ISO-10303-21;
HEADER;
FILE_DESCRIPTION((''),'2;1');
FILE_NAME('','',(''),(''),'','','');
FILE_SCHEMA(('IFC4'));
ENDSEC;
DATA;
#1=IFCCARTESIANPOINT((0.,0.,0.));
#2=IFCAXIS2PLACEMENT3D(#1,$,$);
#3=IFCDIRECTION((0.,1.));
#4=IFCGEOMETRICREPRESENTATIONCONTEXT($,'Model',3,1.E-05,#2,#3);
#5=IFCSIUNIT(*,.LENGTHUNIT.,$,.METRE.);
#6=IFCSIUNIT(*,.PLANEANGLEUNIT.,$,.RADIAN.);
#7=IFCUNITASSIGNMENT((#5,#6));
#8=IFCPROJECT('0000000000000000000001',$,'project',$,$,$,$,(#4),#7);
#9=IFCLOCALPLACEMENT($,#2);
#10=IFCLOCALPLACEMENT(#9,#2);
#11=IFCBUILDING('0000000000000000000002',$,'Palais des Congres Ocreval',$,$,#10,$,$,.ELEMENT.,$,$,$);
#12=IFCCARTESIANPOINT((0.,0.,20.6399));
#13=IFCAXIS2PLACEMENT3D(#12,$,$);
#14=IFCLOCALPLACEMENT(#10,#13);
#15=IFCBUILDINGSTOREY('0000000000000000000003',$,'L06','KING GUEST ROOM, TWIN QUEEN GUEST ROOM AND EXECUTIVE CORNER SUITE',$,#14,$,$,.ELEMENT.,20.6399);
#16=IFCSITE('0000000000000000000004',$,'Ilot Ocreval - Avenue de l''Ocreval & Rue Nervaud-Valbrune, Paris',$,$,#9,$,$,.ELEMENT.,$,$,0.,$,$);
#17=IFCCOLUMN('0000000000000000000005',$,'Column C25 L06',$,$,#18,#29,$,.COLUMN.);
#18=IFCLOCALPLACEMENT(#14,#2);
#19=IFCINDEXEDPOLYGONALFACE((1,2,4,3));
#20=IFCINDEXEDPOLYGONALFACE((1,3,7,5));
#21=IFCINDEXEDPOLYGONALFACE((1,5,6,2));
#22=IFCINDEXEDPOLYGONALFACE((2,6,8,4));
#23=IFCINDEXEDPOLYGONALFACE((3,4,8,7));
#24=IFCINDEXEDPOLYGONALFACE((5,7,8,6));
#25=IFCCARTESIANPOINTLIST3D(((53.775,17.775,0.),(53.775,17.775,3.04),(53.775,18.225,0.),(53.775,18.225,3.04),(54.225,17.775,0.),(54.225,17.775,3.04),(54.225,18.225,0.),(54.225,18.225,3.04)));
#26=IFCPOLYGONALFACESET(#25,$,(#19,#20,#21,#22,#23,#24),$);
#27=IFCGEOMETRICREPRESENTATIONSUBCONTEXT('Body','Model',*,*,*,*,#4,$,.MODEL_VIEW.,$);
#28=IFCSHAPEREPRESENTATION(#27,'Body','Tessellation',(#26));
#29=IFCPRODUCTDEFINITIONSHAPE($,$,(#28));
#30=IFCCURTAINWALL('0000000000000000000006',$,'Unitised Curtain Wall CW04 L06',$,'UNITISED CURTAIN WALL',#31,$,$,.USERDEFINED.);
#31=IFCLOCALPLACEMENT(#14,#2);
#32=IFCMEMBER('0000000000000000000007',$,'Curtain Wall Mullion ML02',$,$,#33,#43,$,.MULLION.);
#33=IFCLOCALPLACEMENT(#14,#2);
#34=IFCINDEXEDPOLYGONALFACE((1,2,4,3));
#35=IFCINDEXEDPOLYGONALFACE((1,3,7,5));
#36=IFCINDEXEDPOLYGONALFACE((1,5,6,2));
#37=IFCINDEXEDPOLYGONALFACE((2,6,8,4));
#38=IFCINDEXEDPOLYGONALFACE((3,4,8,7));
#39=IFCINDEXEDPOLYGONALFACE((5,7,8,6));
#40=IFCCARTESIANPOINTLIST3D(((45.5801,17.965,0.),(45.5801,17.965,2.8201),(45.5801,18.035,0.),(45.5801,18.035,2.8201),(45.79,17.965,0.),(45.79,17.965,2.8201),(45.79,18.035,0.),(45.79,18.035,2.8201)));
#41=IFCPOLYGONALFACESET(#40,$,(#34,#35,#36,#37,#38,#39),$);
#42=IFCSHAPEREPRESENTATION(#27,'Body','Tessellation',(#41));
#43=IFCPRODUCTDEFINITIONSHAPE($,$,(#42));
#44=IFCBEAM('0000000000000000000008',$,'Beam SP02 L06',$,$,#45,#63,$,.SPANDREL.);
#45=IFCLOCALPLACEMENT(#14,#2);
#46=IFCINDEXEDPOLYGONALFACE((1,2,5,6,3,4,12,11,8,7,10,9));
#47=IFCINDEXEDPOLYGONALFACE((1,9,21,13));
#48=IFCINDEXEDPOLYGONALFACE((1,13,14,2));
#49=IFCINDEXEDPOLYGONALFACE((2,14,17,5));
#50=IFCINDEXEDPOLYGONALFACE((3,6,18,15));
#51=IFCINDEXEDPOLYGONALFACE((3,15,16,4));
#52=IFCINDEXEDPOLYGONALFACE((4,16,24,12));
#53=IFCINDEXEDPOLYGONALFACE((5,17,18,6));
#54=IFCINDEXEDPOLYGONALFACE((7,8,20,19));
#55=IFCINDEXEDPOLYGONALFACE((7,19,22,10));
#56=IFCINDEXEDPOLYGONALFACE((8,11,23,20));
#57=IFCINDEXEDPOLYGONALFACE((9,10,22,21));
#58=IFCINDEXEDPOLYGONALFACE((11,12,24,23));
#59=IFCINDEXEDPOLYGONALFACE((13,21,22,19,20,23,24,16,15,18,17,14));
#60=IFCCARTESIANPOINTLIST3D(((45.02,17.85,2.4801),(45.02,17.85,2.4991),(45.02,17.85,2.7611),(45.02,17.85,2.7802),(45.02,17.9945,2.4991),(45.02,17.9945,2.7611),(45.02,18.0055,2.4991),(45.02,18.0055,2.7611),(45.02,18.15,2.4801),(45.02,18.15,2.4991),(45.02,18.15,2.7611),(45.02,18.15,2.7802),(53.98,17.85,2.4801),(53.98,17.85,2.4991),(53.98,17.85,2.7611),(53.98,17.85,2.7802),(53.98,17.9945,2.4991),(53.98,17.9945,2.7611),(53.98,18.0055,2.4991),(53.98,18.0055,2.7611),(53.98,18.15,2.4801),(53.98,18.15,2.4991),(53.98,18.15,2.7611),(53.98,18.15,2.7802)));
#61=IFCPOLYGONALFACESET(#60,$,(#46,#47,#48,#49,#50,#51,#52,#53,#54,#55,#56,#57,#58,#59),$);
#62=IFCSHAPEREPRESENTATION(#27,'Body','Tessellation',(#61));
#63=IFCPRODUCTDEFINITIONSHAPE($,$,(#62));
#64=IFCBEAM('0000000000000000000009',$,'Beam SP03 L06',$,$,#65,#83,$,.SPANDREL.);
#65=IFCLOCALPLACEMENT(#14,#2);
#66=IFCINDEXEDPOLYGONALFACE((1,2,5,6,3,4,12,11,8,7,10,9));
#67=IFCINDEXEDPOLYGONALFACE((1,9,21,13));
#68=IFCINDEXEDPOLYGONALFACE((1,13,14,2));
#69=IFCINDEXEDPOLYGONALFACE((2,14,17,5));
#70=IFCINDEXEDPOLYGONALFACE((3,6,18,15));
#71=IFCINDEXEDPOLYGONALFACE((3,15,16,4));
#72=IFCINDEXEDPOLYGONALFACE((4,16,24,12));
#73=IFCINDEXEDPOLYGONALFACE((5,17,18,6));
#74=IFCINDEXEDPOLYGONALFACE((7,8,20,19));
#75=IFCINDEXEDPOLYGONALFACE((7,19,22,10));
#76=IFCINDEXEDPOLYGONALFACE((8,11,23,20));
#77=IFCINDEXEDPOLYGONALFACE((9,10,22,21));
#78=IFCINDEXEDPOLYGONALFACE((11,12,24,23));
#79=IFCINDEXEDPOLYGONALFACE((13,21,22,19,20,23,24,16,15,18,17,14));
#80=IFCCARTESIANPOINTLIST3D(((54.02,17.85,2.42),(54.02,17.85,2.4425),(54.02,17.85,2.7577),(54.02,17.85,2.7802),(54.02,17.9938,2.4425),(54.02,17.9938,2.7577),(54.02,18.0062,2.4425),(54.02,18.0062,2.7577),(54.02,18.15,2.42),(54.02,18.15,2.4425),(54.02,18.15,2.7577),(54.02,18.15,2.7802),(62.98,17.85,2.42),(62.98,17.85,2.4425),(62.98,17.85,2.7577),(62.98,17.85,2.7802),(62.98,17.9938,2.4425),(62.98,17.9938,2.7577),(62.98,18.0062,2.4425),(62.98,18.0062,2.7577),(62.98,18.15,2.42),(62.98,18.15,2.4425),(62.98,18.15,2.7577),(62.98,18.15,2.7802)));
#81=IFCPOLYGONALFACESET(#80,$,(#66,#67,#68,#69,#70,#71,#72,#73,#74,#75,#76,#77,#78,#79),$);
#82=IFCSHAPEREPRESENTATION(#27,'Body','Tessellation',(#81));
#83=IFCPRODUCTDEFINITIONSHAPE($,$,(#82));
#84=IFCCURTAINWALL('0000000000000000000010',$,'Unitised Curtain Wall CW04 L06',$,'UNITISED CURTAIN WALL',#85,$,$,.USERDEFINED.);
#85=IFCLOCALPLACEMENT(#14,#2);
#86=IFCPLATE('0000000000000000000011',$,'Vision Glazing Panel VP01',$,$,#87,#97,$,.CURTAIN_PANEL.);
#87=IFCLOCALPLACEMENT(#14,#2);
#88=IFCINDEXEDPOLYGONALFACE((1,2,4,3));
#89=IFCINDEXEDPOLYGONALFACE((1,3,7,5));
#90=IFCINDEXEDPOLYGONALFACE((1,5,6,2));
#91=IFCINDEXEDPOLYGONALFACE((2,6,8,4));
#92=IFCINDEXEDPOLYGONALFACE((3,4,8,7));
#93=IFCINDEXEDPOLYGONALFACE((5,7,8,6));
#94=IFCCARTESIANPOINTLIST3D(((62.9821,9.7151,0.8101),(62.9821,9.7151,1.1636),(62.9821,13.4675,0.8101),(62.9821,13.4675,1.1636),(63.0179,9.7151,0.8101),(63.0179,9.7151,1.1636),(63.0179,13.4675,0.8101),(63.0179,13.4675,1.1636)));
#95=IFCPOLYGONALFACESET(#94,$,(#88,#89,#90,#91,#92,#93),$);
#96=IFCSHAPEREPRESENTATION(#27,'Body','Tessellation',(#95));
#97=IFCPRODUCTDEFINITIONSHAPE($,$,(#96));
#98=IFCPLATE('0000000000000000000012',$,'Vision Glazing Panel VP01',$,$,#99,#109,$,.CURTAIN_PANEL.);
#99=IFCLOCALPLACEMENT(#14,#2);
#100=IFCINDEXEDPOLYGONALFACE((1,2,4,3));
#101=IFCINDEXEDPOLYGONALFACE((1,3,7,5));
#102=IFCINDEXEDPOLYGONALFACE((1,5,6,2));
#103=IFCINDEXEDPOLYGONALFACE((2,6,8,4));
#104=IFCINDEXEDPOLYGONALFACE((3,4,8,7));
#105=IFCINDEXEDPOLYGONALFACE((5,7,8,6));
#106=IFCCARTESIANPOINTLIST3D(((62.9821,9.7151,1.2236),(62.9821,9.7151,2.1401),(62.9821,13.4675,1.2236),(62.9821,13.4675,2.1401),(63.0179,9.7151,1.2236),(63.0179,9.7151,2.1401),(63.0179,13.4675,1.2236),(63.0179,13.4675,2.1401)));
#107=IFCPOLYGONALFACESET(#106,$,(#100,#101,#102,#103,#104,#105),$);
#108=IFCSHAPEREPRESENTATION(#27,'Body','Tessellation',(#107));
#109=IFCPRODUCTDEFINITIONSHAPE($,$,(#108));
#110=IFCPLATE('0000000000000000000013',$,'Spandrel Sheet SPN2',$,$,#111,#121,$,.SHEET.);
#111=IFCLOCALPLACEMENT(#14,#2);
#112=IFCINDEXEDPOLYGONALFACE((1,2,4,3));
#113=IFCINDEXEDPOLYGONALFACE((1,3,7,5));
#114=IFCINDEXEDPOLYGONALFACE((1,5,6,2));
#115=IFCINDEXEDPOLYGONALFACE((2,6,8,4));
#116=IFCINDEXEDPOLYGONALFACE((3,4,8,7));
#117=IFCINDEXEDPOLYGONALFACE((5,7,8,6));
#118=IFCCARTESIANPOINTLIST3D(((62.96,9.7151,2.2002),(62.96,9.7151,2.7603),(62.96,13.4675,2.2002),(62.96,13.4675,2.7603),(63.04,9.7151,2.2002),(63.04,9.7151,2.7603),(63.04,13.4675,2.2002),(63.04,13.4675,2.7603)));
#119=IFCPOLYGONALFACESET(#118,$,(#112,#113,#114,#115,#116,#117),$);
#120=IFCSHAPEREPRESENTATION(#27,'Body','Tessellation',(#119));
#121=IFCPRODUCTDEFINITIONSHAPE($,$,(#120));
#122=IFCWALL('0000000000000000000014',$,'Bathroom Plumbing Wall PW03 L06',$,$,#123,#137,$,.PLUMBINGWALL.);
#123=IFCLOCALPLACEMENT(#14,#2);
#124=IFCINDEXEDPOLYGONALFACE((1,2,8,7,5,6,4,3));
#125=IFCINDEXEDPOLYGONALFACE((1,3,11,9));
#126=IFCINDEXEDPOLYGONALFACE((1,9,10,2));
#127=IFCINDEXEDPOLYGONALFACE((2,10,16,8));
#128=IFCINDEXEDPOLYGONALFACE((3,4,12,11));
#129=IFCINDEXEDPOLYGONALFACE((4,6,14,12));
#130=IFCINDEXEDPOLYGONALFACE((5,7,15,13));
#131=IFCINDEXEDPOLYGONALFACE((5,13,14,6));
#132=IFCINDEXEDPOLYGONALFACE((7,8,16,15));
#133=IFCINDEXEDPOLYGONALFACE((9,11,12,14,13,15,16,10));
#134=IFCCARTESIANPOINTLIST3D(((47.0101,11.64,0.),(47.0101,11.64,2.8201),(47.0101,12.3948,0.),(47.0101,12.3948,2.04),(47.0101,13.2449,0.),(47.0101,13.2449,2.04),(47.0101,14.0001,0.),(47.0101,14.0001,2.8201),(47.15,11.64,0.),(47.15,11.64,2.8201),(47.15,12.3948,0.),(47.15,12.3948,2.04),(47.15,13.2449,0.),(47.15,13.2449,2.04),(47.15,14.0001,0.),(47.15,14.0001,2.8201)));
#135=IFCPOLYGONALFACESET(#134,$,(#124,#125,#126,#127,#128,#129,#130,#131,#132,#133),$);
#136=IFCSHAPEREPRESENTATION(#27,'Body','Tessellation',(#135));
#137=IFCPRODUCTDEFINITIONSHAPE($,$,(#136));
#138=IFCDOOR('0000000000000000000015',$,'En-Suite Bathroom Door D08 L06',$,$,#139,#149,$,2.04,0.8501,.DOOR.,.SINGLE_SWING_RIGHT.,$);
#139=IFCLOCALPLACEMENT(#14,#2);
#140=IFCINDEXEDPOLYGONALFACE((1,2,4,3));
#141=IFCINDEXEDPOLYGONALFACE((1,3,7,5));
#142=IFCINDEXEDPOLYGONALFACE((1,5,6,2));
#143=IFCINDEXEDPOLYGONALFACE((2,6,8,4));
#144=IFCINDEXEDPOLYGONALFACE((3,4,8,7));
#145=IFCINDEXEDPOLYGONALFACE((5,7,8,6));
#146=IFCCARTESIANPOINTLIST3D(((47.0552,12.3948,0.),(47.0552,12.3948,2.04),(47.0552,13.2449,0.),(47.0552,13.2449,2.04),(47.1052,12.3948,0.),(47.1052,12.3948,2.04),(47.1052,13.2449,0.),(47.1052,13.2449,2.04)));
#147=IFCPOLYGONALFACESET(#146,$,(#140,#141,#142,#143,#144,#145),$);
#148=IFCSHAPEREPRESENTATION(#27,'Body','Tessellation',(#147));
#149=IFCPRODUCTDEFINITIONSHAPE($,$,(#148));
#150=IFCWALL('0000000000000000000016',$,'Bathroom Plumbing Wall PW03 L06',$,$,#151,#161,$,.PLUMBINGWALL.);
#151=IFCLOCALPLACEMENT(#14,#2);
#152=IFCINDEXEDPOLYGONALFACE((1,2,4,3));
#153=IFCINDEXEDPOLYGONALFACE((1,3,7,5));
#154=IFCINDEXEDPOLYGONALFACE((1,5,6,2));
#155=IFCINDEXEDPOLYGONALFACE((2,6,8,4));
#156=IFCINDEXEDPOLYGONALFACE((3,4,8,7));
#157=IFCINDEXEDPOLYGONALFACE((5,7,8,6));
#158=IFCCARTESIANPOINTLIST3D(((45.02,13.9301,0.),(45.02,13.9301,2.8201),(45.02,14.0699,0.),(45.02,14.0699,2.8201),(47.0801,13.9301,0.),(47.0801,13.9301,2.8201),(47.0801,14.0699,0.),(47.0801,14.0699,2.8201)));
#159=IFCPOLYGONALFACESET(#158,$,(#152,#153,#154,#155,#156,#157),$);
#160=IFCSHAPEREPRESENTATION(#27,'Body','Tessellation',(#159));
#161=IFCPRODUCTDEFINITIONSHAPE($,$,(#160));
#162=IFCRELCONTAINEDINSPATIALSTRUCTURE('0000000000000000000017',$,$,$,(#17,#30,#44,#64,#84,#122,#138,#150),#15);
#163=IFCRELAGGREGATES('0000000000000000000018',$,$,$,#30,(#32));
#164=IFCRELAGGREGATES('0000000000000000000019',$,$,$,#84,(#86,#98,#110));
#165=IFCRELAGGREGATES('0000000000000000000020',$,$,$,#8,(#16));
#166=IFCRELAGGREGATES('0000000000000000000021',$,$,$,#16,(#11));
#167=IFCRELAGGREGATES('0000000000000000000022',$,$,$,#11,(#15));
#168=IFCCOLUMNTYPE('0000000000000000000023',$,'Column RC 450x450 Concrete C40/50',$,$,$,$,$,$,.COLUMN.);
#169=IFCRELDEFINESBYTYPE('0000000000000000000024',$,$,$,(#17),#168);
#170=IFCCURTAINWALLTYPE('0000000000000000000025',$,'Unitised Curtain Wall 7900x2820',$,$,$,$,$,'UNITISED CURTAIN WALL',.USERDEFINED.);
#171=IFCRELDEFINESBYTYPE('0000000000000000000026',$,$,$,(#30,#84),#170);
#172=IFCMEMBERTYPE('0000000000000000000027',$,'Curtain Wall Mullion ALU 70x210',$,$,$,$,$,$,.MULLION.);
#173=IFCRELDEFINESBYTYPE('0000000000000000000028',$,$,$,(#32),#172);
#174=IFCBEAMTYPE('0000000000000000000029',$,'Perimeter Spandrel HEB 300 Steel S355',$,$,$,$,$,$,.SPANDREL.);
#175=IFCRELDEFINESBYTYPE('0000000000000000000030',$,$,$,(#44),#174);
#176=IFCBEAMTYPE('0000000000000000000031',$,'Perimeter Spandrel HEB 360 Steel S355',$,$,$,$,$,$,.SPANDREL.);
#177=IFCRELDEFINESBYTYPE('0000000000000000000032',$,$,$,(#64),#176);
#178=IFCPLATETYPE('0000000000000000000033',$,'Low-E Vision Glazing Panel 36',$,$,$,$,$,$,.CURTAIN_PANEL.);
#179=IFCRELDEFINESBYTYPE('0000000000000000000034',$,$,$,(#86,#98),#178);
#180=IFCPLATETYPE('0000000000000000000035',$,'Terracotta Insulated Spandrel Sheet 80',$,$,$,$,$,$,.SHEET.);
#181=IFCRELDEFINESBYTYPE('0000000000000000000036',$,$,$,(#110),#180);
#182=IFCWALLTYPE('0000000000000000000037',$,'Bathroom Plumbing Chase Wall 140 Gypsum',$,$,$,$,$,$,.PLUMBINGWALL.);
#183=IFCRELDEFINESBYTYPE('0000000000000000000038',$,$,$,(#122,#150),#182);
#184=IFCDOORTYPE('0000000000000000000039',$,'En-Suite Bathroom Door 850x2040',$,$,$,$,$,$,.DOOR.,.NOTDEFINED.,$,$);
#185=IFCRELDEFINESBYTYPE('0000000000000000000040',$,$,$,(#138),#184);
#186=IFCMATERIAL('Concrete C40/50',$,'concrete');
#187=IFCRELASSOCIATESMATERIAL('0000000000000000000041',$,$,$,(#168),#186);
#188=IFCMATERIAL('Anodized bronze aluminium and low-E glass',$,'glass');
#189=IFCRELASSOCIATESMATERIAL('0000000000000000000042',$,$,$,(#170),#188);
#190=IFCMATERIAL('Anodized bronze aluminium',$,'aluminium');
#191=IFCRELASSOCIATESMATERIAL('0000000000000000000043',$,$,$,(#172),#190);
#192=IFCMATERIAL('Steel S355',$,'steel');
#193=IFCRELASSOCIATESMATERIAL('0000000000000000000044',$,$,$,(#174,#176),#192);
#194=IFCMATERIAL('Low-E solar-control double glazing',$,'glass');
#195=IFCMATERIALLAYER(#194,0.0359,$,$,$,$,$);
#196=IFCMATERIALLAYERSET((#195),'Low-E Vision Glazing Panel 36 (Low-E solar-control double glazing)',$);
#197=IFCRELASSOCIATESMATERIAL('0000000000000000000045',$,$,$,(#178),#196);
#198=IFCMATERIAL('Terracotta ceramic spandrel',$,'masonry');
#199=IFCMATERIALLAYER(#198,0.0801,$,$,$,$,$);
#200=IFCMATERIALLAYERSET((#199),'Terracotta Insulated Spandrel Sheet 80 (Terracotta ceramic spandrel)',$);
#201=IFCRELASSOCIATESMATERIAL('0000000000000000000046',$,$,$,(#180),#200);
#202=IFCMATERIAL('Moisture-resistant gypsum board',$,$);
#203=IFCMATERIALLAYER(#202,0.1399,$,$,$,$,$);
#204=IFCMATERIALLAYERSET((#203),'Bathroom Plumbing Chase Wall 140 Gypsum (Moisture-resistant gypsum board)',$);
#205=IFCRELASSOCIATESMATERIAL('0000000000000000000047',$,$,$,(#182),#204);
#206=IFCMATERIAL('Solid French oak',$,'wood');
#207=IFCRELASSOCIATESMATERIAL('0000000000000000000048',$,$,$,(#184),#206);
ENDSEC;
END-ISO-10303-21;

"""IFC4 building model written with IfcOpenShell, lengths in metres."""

from ifc_helpers import new_model, si_unit, direction, frame, frame_2d, origin, origin_2d, place, context, subcontext, project, spatial, rectangle, i_section, extrude, material, layer, layer_set, material_profile, profile_set, type_object, element, fill, aggregate, save


model = new_model("IFC4")

# Units and contexts
model_context = context("Model", 3, precision=1e-05, world=origin(), true_north=direction((0.0, 1.0)))
body_context = subcontext(model_context, "Body", "Model", "MODEL_VIEW")
ifc_project = project(units=[si_unit("LENGTHUNIT", "METRE"), si_unit("PLANEANGLEUNIT", "RADIAN")], contexts=[model_context])

# Site, building, storey
site_placement = place(None, origin())
site = spatial("IfcSite", under=ifc_project, at=site_placement, Name="Ilot Ocreval - Avenue de l'Ocreval & Rue Nervaud-Valbrune, Paris", CompositionType="ELEMENT", RefElevation=0.0)
building_placement = place(site_placement, origin())
building = spatial("IfcBuilding", under=site, at=building_placement, Name="Palais des Congres Ocreval", CompositionType="ELEMENT")
storey_placement = place(building_placement, frame((0.0, 0.0, 20.6399)))
storey = spatial("IfcBuildingStorey", under=building, at=storey_placement, Name="L06", Description="KING GUEST ROOM, TWIN QUEEN GUEST ROOM AND EXECUTIVE CORNER SUITE", CompositionType="ELEMENT", Elevation=20.6399)

# Column
ifc_material_1 = material(Name="Concrete C40/50", Category="concrete")
ifc_material_profile_1 = material_profile(ifc_material_1, rectangle(XDim=0.45, YDim=0.45, at=origin_2d()), Name="RC 450x450")
ifc_profile_set_1 = profile_set([ifc_material_profile_1], Name="Concrete C40/50")
column_type = type_object("IfcColumnType", Name="Column RC 450x450 Concrete C40/50", PredefinedType="COLUMN", material=ifc_profile_set_1)
column_placement = place(storey_placement, frame((54.0, 18.0, 0.0), z_axis=(0.0, 0.0, 1.0), x_axis=(1.0, 0.0, 0.0)))
element("IfcColumn", 1, at=column_placement, inside=storey, type_object=column_type, Name="Column C25 L06", PredefinedType="COLUMN", context=body_context, shape_type="SweptSolid", body=[
    extrude(rectangle(XDim=0.45, YDim=0.45, at=origin_2d()), origin(), (0.0, 0.0, 1.0), 3.04),
])

# Curtain wall, member
ifc_material_2 = material(Name="Anodized bronze aluminium and low-E glass", Category="glass")
curtain_wall_type = type_object("IfcCurtainWallType", Name="Unitised Curtain Wall 7900x2820", ElementType="UNITISED CURTAIN WALL", PredefinedType="USERDEFINED", material=ifc_material_2)
curtain_wall_1_placement = place(storey_placement, origin())
curtain_wall_1 = element("IfcCurtainWall", 2, at=curtain_wall_1_placement, inside=storey, type_object=curtain_wall_type, Name="Unitised Curtain Wall CW04 L06", ObjectType="UNITISED CURTAIN WALL", PredefinedType="USERDEFINED")
ifc_material_3 = material(Name="Anodized bronze aluminium", Category="aluminium")
ifc_material_profile_2 = material_profile(ifc_material_3, rectangle(XDim=0.0701, YDim=0.21, at=origin_2d()), Name="ALU 70x210")
ifc_profile_set_2 = profile_set([ifc_material_profile_2], Name="Anodized bronze aluminium")
member_type = type_object("IfcMemberType", Name="Curtain Wall Mullion ALU 70x210", PredefinedType="MULLION", material=ifc_profile_set_2)
member_placement = place(storey_placement, frame((45.6851, 18.0, 0.0), z_axis=(0.0, 0.0, 1.0), x_axis=(0.0, 1.0, 0.0)))
member = element("IfcMember", 3, at=member_placement, type_object=member_type, Name="Curtain Wall Mullion ML02", PredefinedType="MULLION", context=body_context, shape_type="SweptSolid", body=[
    extrude(rectangle(XDim=0.0701, YDim=0.21, at=origin_2d()), origin(), (0.0, 0.0, 1.0), 2.8201),
])
aggregate(curtain_wall_1, [member])

# Beams
ifc_material_4 = material(Name="Steel S355", Category="steel")
ifc_material_profile_3 = material_profile(ifc_material_4, i_section(OverallWidth=0.3, OverallDepth=0.3, WebThickness=0.011, FlangeThickness=0.019, at=origin_2d()), Name="HEB 300")
ifc_profile_set_3 = profile_set([ifc_material_profile_3], Name="Steel S355")
beam_type_1 = type_object("IfcBeamType", Name="Perimeter Spandrel HEB 300 Steel S355", PredefinedType="SPANDREL", material=ifc_profile_set_3)
beam_1_placement = place(storey_placement, frame((45.02, 18.0, 2.6301), z_axis=(1.0, 0.0, 0.0), x_axis=(0.0, 1.0, 0.0)))
element("IfcBeam", 4, at=beam_1_placement, inside=storey, type_object=beam_type_1, Name="Beam SP02 L06", PredefinedType="SPANDREL", context=body_context, shape_type="SweptSolid", body=[
    extrude(i_section(OverallWidth=0.3, OverallDepth=0.3, WebThickness=0.011, FlangeThickness=0.019, at=origin_2d()), origin(), (0.0, 0.0, 1.0), 8.96),
])
ifc_material_profile_4 = material_profile(ifc_material_4, i_section(OverallWidth=0.3, OverallDepth=0.3601, WebThickness=0.0125, FlangeThickness=0.0225, at=origin_2d()), Name="HEB 360")
ifc_profile_set_4 = profile_set([ifc_material_profile_4], Name="Steel S355")
beam_type_2 = type_object("IfcBeamType", Name="Perimeter Spandrel HEB 360 Steel S355", PredefinedType="SPANDREL", material=ifc_profile_set_4)
beam_2_placement = place(storey_placement, frame((54.02, 18.0, 2.6001), z_axis=(1.0, 0.0, 0.0), x_axis=(0.0, 1.0, 0.0)))
element("IfcBeam", 5, at=beam_2_placement, inside=storey, type_object=beam_type_2, Name="Beam SP03 L06", PredefinedType="SPANDREL", context=body_context, shape_type="SweptSolid", body=[
    extrude(i_section(OverallWidth=0.3, OverallDepth=0.3601, WebThickness=0.0125, FlangeThickness=0.0225, at=origin_2d()), origin(), (0.0, 0.0, 1.0), 8.96),
])

# Curtain wall, plates
curtain_wall_2_placement = place(storey_placement, origin())
curtain_wall_2 = element("IfcCurtainWall", 6, at=curtain_wall_2_placement, inside=storey, type_object=curtain_wall_type, Name="Unitised Curtain Wall CW04 L06", ObjectType="UNITISED CURTAIN WALL", PredefinedType="USERDEFINED")
ifc_material_5 = material(Name="Low-E solar-control double glazing", Category="glass")
ifc_layer_1 = layer(ifc_material_5, 0.0359)
ifc_layer_set_1 = layer_set([ifc_layer_1], Name="Low-E Vision Glazing Panel 36 (Low-E solar-control double glazing)")
plate_type_1 = type_object("IfcPlateType", Name="Low-E Vision Glazing Panel 36", PredefinedType="CURTAIN_PANEL", material=ifc_layer_set_1)
plate_1_placement = place(storey_placement, frame((63.0, 11.5913, 0.8101), z_axis=(0.0, 0.0, 1.0), x_axis=(0.0, -1.0, 0.0)))
plate_1 = element("IfcPlate", 7, at=plate_1_placement, type_object=plate_type_1, Name="Vision Glazing Panel VP01", PredefinedType="CURTAIN_PANEL", context=body_context, shape_type="SweptSolid", body=[
    extrude(rectangle(XDim=3.7524, YDim=0.0359, at=origin_2d()), origin(), (0.0, 0.0, 1.0), 0.3535),
])
plate_2_placement = place(storey_placement, frame((63.0, 11.5913, 1.2236), z_axis=(0.0, 0.0, 1.0), x_axis=(0.0, -1.0, 0.0)))
plate_2 = element("IfcPlate", 8, at=plate_2_placement, type_object=plate_type_1, Name="Vision Glazing Panel VP01", PredefinedType="CURTAIN_PANEL", context=body_context, shape_type="SweptSolid", body=[
    extrude(rectangle(XDim=3.7524, YDim=0.0359, at=origin_2d()), origin(), (0.0, 0.0, 1.0), 0.9165),
])
ifc_material_6 = material(Name="Terracotta ceramic spandrel", Category="masonry")
ifc_layer_2 = layer(ifc_material_6, 0.0801)
ifc_layer_set_2 = layer_set([ifc_layer_2], Name="Terracotta Insulated Spandrel Sheet 80 (Terracotta ceramic spandrel)")
plate_type_2 = type_object("IfcPlateType", Name="Terracotta Insulated Spandrel Sheet 80", PredefinedType="SHEET", material=ifc_layer_set_2)
plate_3_placement = place(storey_placement, frame((63.0, 11.5913, 2.2002), z_axis=(0.0, 0.0, 1.0), x_axis=(0.0, -1.0, 0.0)))
plate_3 = element("IfcPlate", 9, at=plate_3_placement, type_object=plate_type_2, Name="Spandrel Sheet SPN2", PredefinedType="SHEET", context=body_context, shape_type="SweptSolid", body=[
    extrude(rectangle(XDim=3.7524, YDim=0.0801, at=origin_2d()), origin(), (0.0, 0.0, 1.0), 0.5601),
])
aggregate(curtain_wall_2, [plate_1, plate_2, plate_3])

# Wall, opening, door
ifc_material_7 = material(Name="Moisture-resistant gypsum board")
ifc_layer_3 = layer(ifc_material_7, 0.1399)
ifc_layer_set_3 = layer_set([ifc_layer_3], Name="Bathroom Plumbing Chase Wall 140 Gypsum (Moisture-resistant gypsum board)")
wall_type_1 = type_object("IfcWallType", Name="Bathroom Plumbing Chase Wall 140 Gypsum", PredefinedType="PLUMBINGWALL", material=ifc_layer_set_3)
wall_1_placement = place(storey_placement, frame((47.0801, 11.6399, 0.0), z_axis=(0.0, 0.0, 1.0), x_axis=(0.0, 1.0, 0.0)))
wall_1 = element("IfcWall", 10, at=wall_1_placement, inside=storey, type_object=wall_type_1, Name="Bathroom Plumbing Wall PW03 L06", PredefinedType="PLUMBINGWALL", context=body_context, shape_type="SweptSolid", body=[
    extrude(rectangle(XDim=2.3601, YDim=0.1399, at=frame_2d((1.1802, 0.0))), origin(), (0.0, 0.0, 1.0), 2.8201),
])
opening_1_placement = place(wall_1_placement, frame((0.7549, 0.0, 0.0)))
opening_1 = element("IfcOpeningElement", 11, at=opening_1_placement, cuts=wall_1, PredefinedType="OPENING", context=body_context, shape_type="SweptSolid", body=[
    extrude(rectangle(XDim=0.8501, YDim=2.04, at=frame_2d((0.425, 1.02))), frame((0.0, 0.0798, 0.0), z_axis=(0.0, -1.0, 0.0), x_axis=(1.0, 0.0, 0.0)), (0.0, 0.0, 1.0), 0.1599),
])
ifc_material_8 = material(Name="Solid French oak", Category="wood")
door_type_1 = type_object("IfcDoorType", Name="En-Suite Bathroom Door 850x2040", OperationType="NOTDEFINED", PredefinedType="DOOR", material=ifc_material_8)
door_1_placement = place(opening_1_placement, origin())
door_1 = element("IfcDoor", 12, at=door_1_placement, inside=storey, type_object=door_type_1, Name="En-Suite Bathroom Door D08 L06", OperationType="SINGLE_SWING_RIGHT", OverallHeight=2.04, OverallWidth=0.8501, PredefinedType="DOOR", context=body_context, shape_type="SweptSolid", body=[
    extrude(rectangle(XDim=0.8501, YDim=2.04, at=frame_2d((0.425, 1.02))), frame((0.0, 0.0249, 0.0), z_axis=(0.0, -1.0, 0.0), x_axis=(1.0, 0.0, 0.0)), (0.0, 0.0, 1.0), 0.05),
])
fill(opening_1, door_1)

# Wall
wall_2_placement = place(storey_placement, frame((45.02, 14.0, 0.0), z_axis=(0.0, 0.0, 1.0), x_axis=(1.0, 0.0, 0.0)))
element("IfcWall", 13, at=wall_2_placement, inside=storey, type_object=wall_type_1, Name="Bathroom Plumbing Wall PW03 L06", PredefinedType="PLUMBINGWALL", context=body_context, shape_type="SweptSolid", body=[
    extrude(rectangle(XDim=2.0601, YDim=0.1399, at=frame_2d((1.03, 0.0))), origin(), (0.0, 0.0, 1.0), 2.8201),
])

save(model, "model.ifc")
